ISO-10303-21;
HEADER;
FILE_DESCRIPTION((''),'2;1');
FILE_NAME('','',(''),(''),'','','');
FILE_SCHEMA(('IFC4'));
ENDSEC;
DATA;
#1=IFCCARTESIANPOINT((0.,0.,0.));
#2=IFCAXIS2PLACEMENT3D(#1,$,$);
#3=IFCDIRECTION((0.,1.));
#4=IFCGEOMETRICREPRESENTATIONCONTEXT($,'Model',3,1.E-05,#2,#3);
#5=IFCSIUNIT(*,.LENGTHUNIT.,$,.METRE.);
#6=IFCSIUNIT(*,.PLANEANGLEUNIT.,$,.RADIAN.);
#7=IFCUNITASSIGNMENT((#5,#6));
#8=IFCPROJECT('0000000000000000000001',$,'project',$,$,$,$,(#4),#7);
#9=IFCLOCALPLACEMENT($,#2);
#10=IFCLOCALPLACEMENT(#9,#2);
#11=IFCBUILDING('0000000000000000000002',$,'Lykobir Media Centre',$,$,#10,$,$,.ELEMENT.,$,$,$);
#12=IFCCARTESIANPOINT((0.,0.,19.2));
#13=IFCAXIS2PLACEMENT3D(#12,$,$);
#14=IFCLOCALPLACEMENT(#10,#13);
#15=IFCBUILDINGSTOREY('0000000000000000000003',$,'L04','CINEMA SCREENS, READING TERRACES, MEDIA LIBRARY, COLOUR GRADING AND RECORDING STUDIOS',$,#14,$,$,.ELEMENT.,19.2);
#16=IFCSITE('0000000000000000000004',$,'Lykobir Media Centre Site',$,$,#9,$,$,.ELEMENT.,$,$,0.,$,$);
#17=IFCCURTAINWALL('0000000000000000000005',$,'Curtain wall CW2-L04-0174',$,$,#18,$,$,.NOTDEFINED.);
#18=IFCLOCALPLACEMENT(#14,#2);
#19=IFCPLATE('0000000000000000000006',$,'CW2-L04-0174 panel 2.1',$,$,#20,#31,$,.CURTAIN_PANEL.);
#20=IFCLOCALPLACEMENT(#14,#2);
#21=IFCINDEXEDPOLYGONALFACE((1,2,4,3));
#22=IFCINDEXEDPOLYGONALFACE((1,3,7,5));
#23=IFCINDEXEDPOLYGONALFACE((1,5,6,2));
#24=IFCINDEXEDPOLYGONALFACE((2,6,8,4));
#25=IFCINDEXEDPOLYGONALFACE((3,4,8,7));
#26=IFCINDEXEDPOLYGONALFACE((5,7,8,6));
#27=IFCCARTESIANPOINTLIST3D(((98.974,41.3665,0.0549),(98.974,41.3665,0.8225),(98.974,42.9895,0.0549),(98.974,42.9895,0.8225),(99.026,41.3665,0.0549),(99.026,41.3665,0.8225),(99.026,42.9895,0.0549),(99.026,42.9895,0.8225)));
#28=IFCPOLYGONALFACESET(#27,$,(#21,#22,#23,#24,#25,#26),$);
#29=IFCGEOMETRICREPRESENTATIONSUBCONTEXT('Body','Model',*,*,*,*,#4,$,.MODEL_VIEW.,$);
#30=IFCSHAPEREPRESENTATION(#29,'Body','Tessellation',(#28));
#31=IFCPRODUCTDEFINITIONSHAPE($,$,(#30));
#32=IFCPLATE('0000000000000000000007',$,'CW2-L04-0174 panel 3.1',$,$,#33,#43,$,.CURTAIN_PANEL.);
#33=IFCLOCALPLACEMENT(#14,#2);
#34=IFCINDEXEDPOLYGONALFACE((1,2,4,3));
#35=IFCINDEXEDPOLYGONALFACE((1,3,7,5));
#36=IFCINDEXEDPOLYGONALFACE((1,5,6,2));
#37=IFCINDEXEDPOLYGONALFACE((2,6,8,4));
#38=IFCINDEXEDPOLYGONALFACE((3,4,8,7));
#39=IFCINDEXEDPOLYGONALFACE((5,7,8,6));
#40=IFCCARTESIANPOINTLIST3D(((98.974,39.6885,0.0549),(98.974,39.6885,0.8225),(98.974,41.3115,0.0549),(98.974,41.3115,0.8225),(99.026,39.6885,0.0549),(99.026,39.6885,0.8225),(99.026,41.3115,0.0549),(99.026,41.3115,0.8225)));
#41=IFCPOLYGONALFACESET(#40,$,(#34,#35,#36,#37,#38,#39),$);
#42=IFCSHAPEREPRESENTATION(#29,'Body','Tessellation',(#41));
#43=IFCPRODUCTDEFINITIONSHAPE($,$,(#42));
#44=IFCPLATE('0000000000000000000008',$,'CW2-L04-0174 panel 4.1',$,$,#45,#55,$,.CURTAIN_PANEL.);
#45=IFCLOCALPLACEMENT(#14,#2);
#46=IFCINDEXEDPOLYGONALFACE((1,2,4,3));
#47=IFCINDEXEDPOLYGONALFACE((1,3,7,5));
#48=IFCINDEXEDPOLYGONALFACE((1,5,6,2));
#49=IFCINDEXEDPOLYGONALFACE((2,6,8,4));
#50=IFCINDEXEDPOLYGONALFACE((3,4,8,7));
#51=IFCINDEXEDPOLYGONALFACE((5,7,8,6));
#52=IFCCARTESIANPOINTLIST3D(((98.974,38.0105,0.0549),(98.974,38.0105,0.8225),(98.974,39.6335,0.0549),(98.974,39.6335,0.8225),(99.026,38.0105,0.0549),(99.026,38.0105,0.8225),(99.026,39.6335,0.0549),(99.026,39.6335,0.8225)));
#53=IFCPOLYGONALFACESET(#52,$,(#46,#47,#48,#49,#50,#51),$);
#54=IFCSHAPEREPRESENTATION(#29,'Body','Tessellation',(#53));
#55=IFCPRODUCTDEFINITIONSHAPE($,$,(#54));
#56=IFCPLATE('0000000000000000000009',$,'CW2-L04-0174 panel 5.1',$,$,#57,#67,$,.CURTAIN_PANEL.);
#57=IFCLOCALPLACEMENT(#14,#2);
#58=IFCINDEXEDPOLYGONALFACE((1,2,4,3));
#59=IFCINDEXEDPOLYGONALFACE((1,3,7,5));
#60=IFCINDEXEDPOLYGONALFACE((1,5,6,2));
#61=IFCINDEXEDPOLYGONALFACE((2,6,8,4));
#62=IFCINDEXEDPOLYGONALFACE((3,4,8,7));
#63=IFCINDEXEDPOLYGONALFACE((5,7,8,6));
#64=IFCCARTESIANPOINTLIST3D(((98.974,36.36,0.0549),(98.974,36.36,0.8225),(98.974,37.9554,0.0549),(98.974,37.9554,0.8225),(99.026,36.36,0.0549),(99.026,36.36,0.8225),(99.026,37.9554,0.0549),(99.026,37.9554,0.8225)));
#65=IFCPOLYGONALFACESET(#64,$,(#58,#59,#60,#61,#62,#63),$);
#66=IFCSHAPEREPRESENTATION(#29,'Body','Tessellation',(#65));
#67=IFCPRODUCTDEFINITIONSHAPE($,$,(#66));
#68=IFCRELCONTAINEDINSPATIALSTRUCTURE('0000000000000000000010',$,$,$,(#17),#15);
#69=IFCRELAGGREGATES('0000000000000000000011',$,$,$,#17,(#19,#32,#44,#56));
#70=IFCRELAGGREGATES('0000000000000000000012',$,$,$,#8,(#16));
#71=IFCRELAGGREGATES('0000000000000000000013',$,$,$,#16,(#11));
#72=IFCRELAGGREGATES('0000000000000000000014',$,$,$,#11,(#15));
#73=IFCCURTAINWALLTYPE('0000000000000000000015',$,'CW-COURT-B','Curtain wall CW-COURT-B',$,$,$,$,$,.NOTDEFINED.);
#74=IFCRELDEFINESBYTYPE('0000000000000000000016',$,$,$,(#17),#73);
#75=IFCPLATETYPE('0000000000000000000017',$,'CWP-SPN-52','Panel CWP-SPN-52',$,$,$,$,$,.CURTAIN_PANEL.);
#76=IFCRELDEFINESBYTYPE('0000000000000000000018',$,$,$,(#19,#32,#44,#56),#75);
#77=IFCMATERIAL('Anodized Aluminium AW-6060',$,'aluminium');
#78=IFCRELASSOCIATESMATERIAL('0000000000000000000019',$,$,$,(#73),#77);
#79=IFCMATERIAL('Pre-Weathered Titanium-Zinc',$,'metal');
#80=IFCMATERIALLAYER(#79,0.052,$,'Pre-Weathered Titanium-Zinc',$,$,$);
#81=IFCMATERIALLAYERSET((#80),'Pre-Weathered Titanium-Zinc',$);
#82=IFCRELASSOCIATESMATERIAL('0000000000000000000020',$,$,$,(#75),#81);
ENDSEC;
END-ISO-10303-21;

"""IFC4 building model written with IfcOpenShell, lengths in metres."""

from ifc_helpers import new_model, si_unit, direction, frame, origin, origin_2d, place, context, subcontext, project, spatial, rectangle, extrude, material, layer, layer_set, type_object, element, aggregate, save


model = new_model("IFC4")

# Units and contexts
model_context = context("Model", 3, precision=1e-05, world=origin(), true_north=direction((0.0, 1.0)))
body_context = subcontext(model_context, "Body", "Model", "MODEL_VIEW")
ifc_project = project(units=[si_unit("LENGTHUNIT", "METRE"), si_unit("PLANEANGLEUNIT", "RADIAN")], contexts=[model_context])

# Site, building, storey
site_placement = place(None, origin())
site = spatial("IfcSite", under=ifc_project, at=site_placement, Name="Lykobir Media Centre Site", CompositionType="ELEMENT", RefElevation=0.0)
building_placement = place(site_placement, origin())
building = spatial("IfcBuilding", under=site, at=building_placement, Name="Lykobir Media Centre", CompositionType="ELEMENT")
storey_placement = place(building_placement, frame((0.0, 0.0, 19.2)))
storey = spatial("IfcBuildingStorey", under=building, at=storey_placement, Name="L04", Description="CINEMA SCREENS, READING TERRACES, MEDIA LIBRARY, COLOUR GRADING AND RECORDING STUDIOS", CompositionType="ELEMENT", Elevation=19.2)

# Shared definitions
ifc_material_1 = material(Name="Anodized Aluminium AW-6060", Category="aluminium")
curtain_wall_type = type_object("IfcCurtainWallType", Name="CW-COURT-B", Description="Curtain wall CW-COURT-B", PredefinedType="NOTDEFINED", material=ifc_material_1)

# Curtain wall
curtain_wall_1_placement = place(storey_placement, origin())
curtain_wall_1 = element("IfcCurtainWall", 1, at=curtain_wall_1_placement, inside=storey, type_object=curtain_wall_type, Name="Curtain wall CW2-L04-0174", PredefinedType="NOTDEFINED")

# Plates
ifc_material_2 = material(Name="Pre-Weathered Titanium-Zinc", Category="metal")
ifc_layer_1 = layer(ifc_material_2, 0.052, Name="Pre-Weathered Titanium-Zinc")
ifc_layer_set_1 = layer_set([ifc_layer_1], Name="Pre-Weathered Titanium-Zinc")
plate_type_1 = type_object("IfcPlateType", Name="CWP-SPN-52", Description="Panel CWP-SPN-52", PredefinedType="CURTAIN_PANEL", material=ifc_layer_set_1)
plate_1_placement = place(storey_placement, frame((99.0, 42.178, 0.0549), z_axis=(0.0, 0.0, 1.0), x_axis=(0.0, -1.0, 0.0)))
plate_1 = element("IfcPlate", 2, at=plate_1_placement, type_object=plate_type_1, Name="CW2-L04-0174 panel 2.1", PredefinedType="CURTAIN_PANEL", context=body_context, shape_type="SweptSolid", body=[
    extrude(rectangle(XDim=1.623, YDim=0.052, at=origin_2d()), origin(), (0.0, 0.0, 1.0), 0.7676),
])
plate_2_placement = place(storey_placement, frame((99.0, 40.5, 0.0549), z_axis=(0.0, 0.0, 1.0), x_axis=(0.0, -1.0, 0.0)))
plate_2 = element("IfcPlate", 3, at=plate_2_placement, type_object=plate_type_1, Name="CW2-L04-0174 panel 3.1", PredefinedType="CURTAIN_PANEL", context=body_context, shape_type="SweptSolid", body=[
    extrude(rectangle(XDim=1.623, YDim=0.052, at=origin_2d()), origin(), (0.0, 0.0, 1.0), 0.7676),
])
plate_3_placement = place(storey_placement, frame((99.0, 38.822, 0.0549), z_axis=(0.0, 0.0, 1.0), x_axis=(0.0, -1.0, 0.0)))
plate_3 = element("IfcPlate", 4, at=plate_3_placement, type_object=plate_type_1, Name="CW2-L04-0174 panel 4.1", PredefinedType="CURTAIN_PANEL", context=body_context, shape_type="SweptSolid", body=[
    extrude(rectangle(XDim=1.623, YDim=0.052, at=origin_2d()), origin(), (0.0, 0.0, 1.0), 0.7676),
])
plate_4_placement = place(storey_placement, frame((99.0, 37.1577, 0.0549), z_axis=(0.0, 0.0, 1.0), x_axis=(0.0, -1.0, 0.0)))
plate_4 = element("IfcPlate", 5, at=plate_4_placement, type_object=plate_type_1, Name="CW2-L04-0174 panel 5.1", PredefinedType="CURTAIN_PANEL", context=body_context, shape_type="SweptSolid", body=[
    extrude(rectangle(XDim=1.5955, YDim=0.052, at=origin_2d()), origin(), (0.0, 0.0, 1.0), 0.7676),
])
aggregate(curtain_wall_1, [plate_1, plate_2, plate_3, plate_4])

save(model, "model.ifc")
